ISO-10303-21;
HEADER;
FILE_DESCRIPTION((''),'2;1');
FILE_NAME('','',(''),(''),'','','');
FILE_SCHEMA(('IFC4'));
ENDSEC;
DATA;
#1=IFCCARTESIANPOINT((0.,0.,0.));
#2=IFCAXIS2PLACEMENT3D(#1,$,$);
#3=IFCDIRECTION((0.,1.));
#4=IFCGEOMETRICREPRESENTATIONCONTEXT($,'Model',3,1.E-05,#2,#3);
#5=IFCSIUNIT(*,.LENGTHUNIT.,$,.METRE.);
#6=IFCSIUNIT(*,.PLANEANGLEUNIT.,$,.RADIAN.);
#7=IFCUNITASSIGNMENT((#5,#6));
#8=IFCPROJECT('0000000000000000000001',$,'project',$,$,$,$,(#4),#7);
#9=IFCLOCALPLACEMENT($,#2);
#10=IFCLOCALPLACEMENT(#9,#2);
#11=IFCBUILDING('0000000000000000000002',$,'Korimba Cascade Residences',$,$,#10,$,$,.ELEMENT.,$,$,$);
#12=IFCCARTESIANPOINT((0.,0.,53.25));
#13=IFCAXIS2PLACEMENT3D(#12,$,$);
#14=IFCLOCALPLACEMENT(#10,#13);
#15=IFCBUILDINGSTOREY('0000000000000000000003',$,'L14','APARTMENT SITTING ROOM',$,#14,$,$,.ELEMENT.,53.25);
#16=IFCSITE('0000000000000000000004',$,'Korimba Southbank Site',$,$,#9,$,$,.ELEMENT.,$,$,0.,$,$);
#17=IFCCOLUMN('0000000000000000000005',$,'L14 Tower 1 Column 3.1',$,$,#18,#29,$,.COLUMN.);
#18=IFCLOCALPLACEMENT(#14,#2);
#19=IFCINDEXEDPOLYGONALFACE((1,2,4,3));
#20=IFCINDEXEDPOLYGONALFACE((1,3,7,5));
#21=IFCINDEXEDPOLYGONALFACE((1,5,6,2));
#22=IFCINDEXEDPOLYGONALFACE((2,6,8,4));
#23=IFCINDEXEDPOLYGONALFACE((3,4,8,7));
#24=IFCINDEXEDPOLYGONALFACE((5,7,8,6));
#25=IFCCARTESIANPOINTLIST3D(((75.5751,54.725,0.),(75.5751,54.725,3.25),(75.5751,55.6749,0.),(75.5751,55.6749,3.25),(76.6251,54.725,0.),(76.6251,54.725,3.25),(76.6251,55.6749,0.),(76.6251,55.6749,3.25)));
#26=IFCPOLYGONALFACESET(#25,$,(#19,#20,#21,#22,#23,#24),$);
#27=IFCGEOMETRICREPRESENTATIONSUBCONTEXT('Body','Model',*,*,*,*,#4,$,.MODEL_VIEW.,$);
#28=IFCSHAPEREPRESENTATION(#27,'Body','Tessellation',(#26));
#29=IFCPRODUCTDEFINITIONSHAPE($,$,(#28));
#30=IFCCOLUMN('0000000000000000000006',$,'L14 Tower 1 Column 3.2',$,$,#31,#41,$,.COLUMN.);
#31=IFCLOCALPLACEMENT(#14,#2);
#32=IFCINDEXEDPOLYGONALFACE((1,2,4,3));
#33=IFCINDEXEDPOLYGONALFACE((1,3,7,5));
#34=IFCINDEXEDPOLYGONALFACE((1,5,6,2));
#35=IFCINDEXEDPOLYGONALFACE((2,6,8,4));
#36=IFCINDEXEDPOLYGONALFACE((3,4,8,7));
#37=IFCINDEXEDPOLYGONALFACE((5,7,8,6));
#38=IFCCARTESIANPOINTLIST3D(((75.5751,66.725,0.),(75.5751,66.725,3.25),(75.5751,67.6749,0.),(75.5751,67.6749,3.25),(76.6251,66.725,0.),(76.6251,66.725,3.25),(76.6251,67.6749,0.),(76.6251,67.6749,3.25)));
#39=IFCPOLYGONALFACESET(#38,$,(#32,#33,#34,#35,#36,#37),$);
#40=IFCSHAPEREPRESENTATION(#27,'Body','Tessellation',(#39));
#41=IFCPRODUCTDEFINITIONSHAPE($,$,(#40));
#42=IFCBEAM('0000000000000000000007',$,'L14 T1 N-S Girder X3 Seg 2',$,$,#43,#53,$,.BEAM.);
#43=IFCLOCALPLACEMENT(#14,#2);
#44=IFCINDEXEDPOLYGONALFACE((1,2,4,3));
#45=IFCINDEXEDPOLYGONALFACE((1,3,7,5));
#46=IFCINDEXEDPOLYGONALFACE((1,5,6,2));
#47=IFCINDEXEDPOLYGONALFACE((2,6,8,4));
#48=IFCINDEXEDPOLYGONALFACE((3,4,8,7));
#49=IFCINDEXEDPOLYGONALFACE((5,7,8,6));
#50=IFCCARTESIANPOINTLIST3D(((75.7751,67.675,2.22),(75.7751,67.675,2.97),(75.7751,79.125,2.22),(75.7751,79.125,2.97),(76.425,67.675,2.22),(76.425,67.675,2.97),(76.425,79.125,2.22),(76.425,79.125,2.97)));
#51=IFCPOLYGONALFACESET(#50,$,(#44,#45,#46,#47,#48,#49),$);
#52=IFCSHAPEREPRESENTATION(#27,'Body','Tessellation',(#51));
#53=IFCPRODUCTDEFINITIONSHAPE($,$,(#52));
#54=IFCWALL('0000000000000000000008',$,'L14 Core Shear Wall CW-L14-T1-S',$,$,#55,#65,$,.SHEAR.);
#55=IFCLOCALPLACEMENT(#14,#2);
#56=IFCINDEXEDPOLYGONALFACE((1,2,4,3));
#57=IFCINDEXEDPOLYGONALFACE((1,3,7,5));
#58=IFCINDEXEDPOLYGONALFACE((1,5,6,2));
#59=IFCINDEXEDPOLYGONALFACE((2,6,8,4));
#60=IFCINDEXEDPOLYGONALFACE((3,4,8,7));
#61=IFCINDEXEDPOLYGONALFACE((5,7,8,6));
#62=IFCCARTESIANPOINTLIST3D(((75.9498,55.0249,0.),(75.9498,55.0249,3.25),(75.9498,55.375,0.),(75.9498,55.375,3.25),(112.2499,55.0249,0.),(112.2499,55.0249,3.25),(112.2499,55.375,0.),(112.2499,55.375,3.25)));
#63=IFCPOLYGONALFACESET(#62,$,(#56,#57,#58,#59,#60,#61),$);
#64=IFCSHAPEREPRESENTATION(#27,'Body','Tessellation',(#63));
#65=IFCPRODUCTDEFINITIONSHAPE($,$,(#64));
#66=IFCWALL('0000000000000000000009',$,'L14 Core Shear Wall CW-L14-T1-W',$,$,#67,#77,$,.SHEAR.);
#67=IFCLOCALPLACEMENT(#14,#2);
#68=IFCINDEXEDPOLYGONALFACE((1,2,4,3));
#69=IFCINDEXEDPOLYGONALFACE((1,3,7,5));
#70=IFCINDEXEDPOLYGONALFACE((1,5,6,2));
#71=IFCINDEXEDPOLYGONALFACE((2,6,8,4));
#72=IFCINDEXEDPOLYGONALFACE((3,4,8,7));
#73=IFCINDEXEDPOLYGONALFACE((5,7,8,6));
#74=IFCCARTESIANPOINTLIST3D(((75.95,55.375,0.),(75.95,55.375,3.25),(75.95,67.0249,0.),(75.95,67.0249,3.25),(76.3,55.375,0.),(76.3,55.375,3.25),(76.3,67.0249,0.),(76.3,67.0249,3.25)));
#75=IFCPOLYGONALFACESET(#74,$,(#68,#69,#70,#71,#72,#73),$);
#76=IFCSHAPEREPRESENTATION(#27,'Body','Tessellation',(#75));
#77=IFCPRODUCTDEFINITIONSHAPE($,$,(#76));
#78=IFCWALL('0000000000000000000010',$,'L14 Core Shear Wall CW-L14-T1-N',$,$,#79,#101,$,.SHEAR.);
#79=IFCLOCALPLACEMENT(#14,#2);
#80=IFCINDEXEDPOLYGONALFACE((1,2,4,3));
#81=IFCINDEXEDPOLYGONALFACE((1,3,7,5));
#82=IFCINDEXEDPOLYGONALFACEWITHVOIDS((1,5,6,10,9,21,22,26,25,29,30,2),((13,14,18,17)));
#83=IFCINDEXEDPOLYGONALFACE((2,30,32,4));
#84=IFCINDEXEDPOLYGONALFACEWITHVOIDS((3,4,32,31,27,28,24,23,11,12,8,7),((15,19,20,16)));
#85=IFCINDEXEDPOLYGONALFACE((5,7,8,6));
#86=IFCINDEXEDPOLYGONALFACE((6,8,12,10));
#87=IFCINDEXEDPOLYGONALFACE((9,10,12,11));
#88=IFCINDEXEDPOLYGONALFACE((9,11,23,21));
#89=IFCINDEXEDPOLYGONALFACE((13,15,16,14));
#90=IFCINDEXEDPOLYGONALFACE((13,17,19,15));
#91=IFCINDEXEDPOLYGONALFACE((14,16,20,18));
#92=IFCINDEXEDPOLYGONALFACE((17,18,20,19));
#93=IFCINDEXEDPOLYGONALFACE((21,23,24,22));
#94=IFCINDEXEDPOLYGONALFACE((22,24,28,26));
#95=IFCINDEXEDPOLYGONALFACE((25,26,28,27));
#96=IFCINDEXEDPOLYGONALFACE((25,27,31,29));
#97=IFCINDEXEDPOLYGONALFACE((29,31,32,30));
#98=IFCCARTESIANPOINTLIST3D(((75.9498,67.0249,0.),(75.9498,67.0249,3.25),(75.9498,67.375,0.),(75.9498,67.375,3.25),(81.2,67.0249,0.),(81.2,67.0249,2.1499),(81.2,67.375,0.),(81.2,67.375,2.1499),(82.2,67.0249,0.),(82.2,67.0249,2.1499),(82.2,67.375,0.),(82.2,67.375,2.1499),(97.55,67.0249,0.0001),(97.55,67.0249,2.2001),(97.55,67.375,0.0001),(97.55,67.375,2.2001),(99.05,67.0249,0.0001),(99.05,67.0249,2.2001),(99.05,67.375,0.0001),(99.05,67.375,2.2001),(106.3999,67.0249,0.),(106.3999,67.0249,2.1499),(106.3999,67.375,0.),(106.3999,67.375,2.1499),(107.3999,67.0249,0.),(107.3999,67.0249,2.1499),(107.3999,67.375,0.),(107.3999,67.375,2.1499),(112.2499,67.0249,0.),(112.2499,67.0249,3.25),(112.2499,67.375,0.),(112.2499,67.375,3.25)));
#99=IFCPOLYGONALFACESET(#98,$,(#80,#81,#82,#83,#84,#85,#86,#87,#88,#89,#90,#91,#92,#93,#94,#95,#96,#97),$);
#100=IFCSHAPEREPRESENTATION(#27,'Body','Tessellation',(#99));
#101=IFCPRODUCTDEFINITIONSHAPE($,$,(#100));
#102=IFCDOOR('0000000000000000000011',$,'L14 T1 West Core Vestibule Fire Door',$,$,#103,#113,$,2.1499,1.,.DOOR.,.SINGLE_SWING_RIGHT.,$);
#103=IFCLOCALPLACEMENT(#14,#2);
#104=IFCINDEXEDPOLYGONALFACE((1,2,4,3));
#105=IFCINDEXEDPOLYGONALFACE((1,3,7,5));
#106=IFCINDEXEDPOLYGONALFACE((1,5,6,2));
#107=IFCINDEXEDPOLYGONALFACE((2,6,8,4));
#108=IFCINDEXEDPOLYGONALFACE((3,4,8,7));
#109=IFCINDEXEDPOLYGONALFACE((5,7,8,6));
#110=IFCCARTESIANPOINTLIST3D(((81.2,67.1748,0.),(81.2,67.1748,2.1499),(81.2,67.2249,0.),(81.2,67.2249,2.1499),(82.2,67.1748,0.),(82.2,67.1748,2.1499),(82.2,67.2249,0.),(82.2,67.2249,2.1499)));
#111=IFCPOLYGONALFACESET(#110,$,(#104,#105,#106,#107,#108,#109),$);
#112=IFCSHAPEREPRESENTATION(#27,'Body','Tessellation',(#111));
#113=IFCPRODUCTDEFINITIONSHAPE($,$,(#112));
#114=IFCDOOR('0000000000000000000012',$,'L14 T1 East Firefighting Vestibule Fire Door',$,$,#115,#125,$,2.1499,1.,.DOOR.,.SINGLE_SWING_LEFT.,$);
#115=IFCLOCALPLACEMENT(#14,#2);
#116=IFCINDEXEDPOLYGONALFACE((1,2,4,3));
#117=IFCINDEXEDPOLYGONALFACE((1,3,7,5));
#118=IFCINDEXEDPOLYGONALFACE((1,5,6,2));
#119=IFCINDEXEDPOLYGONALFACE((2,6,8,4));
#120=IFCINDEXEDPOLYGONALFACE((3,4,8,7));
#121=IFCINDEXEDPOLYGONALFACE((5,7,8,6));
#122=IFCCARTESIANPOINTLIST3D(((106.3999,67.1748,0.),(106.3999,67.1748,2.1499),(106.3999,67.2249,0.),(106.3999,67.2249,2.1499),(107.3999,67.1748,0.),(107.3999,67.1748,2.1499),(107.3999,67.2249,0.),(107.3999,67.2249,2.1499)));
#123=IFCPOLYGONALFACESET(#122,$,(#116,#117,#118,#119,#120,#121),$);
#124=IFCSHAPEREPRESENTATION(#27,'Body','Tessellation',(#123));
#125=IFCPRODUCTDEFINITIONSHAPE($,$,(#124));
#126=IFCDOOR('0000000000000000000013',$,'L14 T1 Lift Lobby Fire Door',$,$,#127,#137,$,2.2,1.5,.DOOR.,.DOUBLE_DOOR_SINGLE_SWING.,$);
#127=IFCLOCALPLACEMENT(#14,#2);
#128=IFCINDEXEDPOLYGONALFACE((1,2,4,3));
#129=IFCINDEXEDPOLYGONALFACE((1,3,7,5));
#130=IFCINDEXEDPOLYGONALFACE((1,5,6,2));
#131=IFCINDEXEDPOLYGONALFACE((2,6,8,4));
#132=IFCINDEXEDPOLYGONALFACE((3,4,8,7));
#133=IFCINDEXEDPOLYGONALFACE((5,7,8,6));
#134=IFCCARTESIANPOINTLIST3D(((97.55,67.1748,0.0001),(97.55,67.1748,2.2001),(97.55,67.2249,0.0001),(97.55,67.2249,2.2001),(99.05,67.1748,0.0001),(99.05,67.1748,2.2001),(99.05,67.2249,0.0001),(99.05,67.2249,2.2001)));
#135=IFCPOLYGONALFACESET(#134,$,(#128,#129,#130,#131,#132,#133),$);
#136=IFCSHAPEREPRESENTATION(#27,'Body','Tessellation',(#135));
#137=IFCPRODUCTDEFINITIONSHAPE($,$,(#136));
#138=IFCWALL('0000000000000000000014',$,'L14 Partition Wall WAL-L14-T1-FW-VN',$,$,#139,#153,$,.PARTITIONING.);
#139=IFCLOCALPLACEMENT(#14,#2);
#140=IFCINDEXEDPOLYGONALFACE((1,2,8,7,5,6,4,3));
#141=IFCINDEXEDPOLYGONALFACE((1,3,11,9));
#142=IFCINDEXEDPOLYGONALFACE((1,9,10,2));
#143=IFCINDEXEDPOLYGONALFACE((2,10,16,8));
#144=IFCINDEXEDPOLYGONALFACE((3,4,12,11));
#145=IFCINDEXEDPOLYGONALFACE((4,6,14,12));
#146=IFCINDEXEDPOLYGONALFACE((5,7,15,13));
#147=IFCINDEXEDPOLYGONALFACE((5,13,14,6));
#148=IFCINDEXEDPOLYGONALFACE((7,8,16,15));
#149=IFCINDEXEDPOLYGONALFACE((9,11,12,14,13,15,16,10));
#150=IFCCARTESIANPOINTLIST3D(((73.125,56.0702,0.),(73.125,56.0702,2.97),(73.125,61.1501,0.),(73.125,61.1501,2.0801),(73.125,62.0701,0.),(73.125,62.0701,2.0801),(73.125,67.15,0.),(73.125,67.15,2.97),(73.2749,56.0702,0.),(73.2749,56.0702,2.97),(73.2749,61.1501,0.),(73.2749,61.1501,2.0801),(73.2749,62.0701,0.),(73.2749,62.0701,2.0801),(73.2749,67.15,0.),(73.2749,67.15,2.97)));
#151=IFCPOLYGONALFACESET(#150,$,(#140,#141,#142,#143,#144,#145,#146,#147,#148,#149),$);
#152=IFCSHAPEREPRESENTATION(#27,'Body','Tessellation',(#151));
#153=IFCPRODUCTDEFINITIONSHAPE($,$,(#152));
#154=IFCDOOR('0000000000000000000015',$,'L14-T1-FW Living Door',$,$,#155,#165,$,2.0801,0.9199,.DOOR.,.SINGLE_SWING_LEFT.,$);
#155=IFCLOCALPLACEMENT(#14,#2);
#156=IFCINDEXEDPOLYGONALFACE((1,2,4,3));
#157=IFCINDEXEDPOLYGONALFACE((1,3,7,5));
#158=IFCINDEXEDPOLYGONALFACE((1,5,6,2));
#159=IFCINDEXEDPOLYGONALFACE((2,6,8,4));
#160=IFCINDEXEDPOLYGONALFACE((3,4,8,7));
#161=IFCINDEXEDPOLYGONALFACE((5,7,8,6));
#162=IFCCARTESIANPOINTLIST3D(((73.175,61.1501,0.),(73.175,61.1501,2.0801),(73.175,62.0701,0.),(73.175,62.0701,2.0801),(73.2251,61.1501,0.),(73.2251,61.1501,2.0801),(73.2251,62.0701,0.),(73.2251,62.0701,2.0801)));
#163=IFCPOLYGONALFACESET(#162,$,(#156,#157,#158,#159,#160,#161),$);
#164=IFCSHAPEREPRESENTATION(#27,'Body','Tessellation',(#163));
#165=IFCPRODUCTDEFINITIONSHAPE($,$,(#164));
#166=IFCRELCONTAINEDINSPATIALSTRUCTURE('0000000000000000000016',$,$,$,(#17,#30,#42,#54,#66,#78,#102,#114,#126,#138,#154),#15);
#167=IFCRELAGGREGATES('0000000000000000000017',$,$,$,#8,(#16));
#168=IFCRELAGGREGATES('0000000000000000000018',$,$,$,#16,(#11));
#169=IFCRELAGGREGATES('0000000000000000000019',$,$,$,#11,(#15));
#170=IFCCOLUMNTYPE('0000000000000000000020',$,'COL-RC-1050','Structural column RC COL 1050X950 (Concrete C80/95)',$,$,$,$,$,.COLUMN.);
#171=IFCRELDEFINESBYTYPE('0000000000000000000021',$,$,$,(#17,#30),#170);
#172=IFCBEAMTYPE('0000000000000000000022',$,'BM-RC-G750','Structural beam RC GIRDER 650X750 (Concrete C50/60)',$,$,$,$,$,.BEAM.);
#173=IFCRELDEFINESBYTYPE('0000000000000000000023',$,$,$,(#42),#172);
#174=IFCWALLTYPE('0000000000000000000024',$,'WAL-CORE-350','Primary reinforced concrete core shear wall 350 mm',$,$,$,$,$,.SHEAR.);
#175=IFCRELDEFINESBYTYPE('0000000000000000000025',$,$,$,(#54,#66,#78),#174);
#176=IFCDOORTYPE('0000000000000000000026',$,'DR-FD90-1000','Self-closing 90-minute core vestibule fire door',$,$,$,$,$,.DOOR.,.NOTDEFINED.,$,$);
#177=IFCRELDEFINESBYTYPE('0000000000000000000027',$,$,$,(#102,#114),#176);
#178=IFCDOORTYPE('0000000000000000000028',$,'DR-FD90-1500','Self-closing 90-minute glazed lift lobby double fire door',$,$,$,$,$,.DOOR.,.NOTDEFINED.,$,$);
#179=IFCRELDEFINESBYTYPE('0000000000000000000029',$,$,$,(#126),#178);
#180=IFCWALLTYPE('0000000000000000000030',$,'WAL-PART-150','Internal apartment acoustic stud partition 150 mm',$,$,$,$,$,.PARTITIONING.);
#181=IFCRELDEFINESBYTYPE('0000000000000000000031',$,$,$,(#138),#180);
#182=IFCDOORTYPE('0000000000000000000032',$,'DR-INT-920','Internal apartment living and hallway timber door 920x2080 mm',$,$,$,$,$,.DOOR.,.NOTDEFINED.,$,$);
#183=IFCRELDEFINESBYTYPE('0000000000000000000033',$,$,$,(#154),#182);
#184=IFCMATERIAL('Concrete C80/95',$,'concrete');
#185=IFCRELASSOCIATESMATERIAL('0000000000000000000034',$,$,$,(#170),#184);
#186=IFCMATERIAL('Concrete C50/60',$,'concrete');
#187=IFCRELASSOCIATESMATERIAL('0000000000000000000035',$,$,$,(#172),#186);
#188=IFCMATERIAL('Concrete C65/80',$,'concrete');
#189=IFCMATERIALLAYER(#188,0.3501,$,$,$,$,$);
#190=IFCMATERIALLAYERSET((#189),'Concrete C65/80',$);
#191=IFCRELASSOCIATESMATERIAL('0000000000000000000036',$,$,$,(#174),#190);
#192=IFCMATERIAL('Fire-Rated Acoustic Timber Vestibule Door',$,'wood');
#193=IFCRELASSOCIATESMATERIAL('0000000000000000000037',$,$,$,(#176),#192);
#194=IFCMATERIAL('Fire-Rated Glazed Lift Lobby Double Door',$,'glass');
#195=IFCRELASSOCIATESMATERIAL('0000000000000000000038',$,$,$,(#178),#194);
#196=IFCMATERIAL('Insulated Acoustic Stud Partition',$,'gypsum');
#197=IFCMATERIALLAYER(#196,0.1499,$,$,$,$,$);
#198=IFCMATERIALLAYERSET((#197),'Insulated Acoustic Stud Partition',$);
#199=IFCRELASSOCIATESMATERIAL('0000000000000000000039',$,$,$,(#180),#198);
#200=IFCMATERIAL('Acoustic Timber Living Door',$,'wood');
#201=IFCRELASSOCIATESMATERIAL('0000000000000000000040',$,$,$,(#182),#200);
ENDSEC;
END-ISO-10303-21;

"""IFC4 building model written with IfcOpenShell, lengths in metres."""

from ifc_helpers import new_model, si_unit, direction, frame, frame_2d, origin, origin_2d, place, context, subcontext, project, spatial, rectangle, extrude, material, layer, layer_set, material_profile, profile_set, type_object, element, fill, save


model = new_model("IFC4")

# Units and contexts
model_context = context("Model", 3, precision=1e-05, world=origin(), true_north=direction((0.0, 1.0)))
body_context = subcontext(model_context, "Body", "Model", "MODEL_VIEW")
ifc_project = project(units=[si_unit("LENGTHUNIT", "METRE"), si_unit("PLANEANGLEUNIT", "RADIAN")], contexts=[model_context])

# Site, building, storey
site_placement = place(None, origin())
site = spatial("IfcSite", under=ifc_project, at=site_placement, Name="Korimba Southbank Site", CompositionType="ELEMENT", RefElevation=0.0)
building_placement = place(site_placement, origin())
building = spatial("IfcBuilding", under=site, at=building_placement, Name="Korimba Cascade Residences", CompositionType="ELEMENT")
storey_placement = place(building_placement, frame((0.0, 0.0, 53.25)))
storey = spatial("IfcBuildingStorey", under=building, at=storey_placement, Name="L14", Description="APARTMENT SITTING ROOM", CompositionType="ELEMENT", Elevation=53.25)

# Columns
ifc_material_1 = material(Name="Concrete C80/95", Category="concrete")
ifc_material_profile_1 = material_profile(ifc_material_1, rectangle(XDim=1.05, YDim=0.95, at=origin_2d()), Name="Concrete C80/95")
ifc_profile_set_1 = profile_set([ifc_material_profile_1], Name="Concrete C80/95")
column_type = type_object("IfcColumnType", Name="COL-RC-1050", Description="Structural column RC COL 1050X950 (Concrete C80/95)", PredefinedType="COLUMN", material=ifc_profile_set_1)
for number, where, z_axis, x_axis, name in (
    (1, (76.1001, 55.2, 0.0), (0.0, 0.0, 1.0), (1.0, 0.0, 0.0), "L14 Tower 1 Column 3.1"),
    (2, (76.1001, 67.2, 0.0), (0.0, 0.0, 1.0), (1.0, 0.0, 0.0), "L14 Tower 1 Column 3.2"),
):
    element("IfcColumn", number, at=place(storey_placement, frame(where, z_axis=z_axis, x_axis=x_axis)), inside=storey, type_object=column_type, Name=name, PredefinedType="COLUMN", context=body_context, shape_type="SweptSolid", body=[
        extrude(rectangle(XDim=1.05, YDim=0.95, at=origin_2d()), origin(), (0.0, 0.0, 1.0), 3.25),
    ])

# Beam
ifc_material_2 = material(Name="Concrete C50/60", Category="concrete")
ifc_material_profile_2 = material_profile(ifc_material_2, rectangle(XDim=0.6499, YDim=0.75, at=origin_2d()), Name="Concrete C50/60")
ifc_profile_set_2 = profile_set([ifc_material_profile_2], Name="Concrete C50/60")
beam_type = type_object("IfcBeamType", Name="BM-RC-G750", Description="Structural beam RC GIRDER 650X750 (Concrete C50/60)", PredefinedType="BEAM", material=ifc_profile_set_2)
beam_placement = place(storey_placement, frame((76.1001, 67.675, 2.595), z_axis=(0.0, 1.0, 0.0), x_axis=(-1.0, 0.0, 0.0)))
element("IfcBeam", 3, at=beam_placement, inside=storey, type_object=beam_type, Name="L14 T1 N-S Girder X3 Seg 2", PredefinedType="BEAM", context=body_context, shape_type="SweptSolid", body=[
    extrude(rectangle(XDim=0.6499, YDim=0.75, at=origin_2d()), origin(), (0.0, 0.0, 1.0), 11.45),
])

# Walls
ifc_material_3 = material(Name="Concrete C65/80", Category="concrete")
ifc_layer_1 = layer(ifc_material_3, 0.3501)
ifc_layer_set_1 = layer_set([ifc_layer_1], Name="Concrete C65/80")
wall_type_1 = type_object("IfcWallType", Name="WAL-CORE-350", Description="Primary reinforced concrete core shear wall 350 mm", PredefinedType="SHEAR", material=ifc_layer_set_1)
wall_1_placement = place(storey_placement, frame((75.95, 55.2, 0.0), z_axis=(0.0, 0.0, 1.0), x_axis=(1.0, 0.0, 0.0)))
element("IfcWall", 4, at=wall_1_placement, inside=storey, type_object=wall_type_1, Name="L14 Core Shear Wall CW-L14-T1-S", PredefinedType="SHEAR", context=body_context, shape_type="SweptSolid", body=[
    extrude(rectangle(XDim=36.3, YDim=0.3501, at=frame_2d((18.1499, 0.0))), origin(), (0.0, 0.0, 1.0), 3.25),
])
wall_2_placement = place(storey_placement, frame((76.125, 55.375, 0.0), z_axis=(0.0, 0.0, 1.0), x_axis=(0.0, 1.0, 0.0)))
element("IfcWall", 5, at=wall_2_placement, inside=storey, type_object=wall_type_1, Name="L14 Core Shear Wall CW-L14-T1-W", PredefinedType="SHEAR", context=body_context, shape_type="SweptSolid", body=[
    extrude(rectangle(XDim=11.6499, YDim=0.3501, at=frame_2d((5.825, 0.0))), origin(), (0.0, 0.0, 1.0), 3.25),
])

# Wall, openings, doors
wall_3_placement = place(storey_placement, frame((75.95, 67.2, 0.0), z_axis=(0.0, 0.0, 1.0), x_axis=(1.0, 0.0, 0.0)))
wall_3 = element("IfcWall", 6, at=wall_3_placement, inside=storey, type_object=wall_type_1, Name="L14 Core Shear Wall CW-L14-T1-N", PredefinedType="SHEAR", context=body_context, shape_type="SweptSolid", body=[
    extrude(rectangle(XDim=36.3, YDim=0.3501, at=frame_2d((18.1499, 0.0))), origin(), (0.0, 0.0, 1.0), 3.25),
])
opening_1_placement = place(wall_3_placement, frame((5.25, 0.0, 0.0)))
opening_1 = element("IfcOpeningElement", 7, at=opening_1_placement, cuts=wall_3, PredefinedType="OPENING", context=body_context, shape_type="SweptSolid", body=[
    extrude(rectangle(XDim=1.0, YDim=2.1499, at=frame_2d((0.5, 1.075))), frame((0.0, 0.1851, 0.0), z_axis=(0.0, -1.0, 0.0), x_axis=(1.0, 0.0, 0.0)), (0.0, 0.0, 1.0), 0.3701),
])
opening_2_placement = place(wall_3_placement, frame((21.6001, 0.0, 0.0)))
opening_2 = element("IfcOpeningElement", 8, at=opening_2_placement, cuts=wall_3, PredefinedType="OPENING", context=body_context, shape_type="SweptSolid", body=[
    extrude(rectangle(XDim=1.5, YDim=2.2, at=frame_2d((0.75, 1.1001))), frame((0.0, 0.1851, 0.0), z_axis=(0.0, -1.0, 0.0), x_axis=(1.0, 0.0, 0.0)), (0.0, 0.0, 1.0), 0.3701),
])
opening_3_placement = place(wall_3_placement, frame((30.45, 0.0, 0.0)))
opening_3 = element("IfcOpeningElement", 9, at=opening_3_placement, cuts=wall_3, PredefinedType="OPENING", context=body_context, shape_type="SweptSolid", body=[
    extrude(rectangle(XDim=1.0, YDim=2.1499, at=frame_2d((0.5, 1.075))), frame((0.0, 0.1851, 0.0), z_axis=(0.0, -1.0, 0.0), x_axis=(1.0, 0.0, 0.0)), (0.0, 0.0, 1.0), 0.3701),
])
ifc_material_4 = material(Name="Fire-Rated Acoustic Timber Vestibule Door", Category="wood")
door_type_1 = type_object("IfcDoorType", Name="DR-FD90-1000", Description="Self-closing 90-minute core vestibule fire door", OperationType="NOTDEFINED", PredefinedType="DOOR", material=ifc_material_4)
door_1_placement = place(opening_1_placement, origin())
door_1 = element("IfcDoor", 10, at=door_1_placement, inside=storey, type_object=door_type_1, Name="L14 T1 West Core Vestibule Fire Door", OperationType="SINGLE_SWING_RIGHT", OverallHeight=2.1499, OverallWidth=1.0, PredefinedType="DOOR", context=body_context, shape_type="SweptSolid", body=[
    extrude(rectangle(XDim=1.0, YDim=2.1499, at=frame_2d((0.5, 1.075))), frame((0.0, 0.0249, 0.0), z_axis=(0.0, -1.0, 0.0), x_axis=(1.0, 0.0, 0.0)), (0.0, 0.0, 1.0), 0.05),
])
fill(opening_1, door_1)
door_2_placement = place(opening_3_placement, origin())
door_2 = element("IfcDoor", 11, at=door_2_placement, inside=storey, type_object=door_type_1, Name="L14 T1 East Firefighting Vestibule Fire Door", OperationType="SINGLE_SWING_LEFT", OverallHeight=2.1499, OverallWidth=1.0, PredefinedType="DOOR", context=body_context, shape_type="SweptSolid", body=[
    extrude(rectangle(XDim=1.0, YDim=2.1499, at=frame_2d((0.5, 1.075))), frame((0.0, 0.0249, 0.0), z_axis=(0.0, -1.0, 0.0), x_axis=(1.0, 0.0, 0.0)), (0.0, 0.0, 1.0), 0.05),
])
fill(opening_3, door_2)
ifc_material_5 = material(Name="Fire-Rated Glazed Lift Lobby Double Door", Category="glass")
door_type_2 = type_object("IfcDoorType", Name="DR-FD90-1500", Description="Self-closing 90-minute glazed lift lobby double fire door", OperationType="NOTDEFINED", PredefinedType="DOOR", material=ifc_material_5)
door_3_placement = place(opening_2_placement, origin())
door_3 = element("IfcDoor", 12, at=door_3_placement, inside=storey, type_object=door_type_2, Name="L14 T1 Lift Lobby Fire Door", OperationType="DOUBLE_DOOR_SINGLE_SWING", OverallHeight=2.2, OverallWidth=1.5, PredefinedType="DOOR", context=body_context, shape_type="SweptSolid", body=[
    extrude(rectangle(XDim=1.5, YDim=2.2, at=frame_2d((0.75, 1.1001))), frame((0.0, 0.0249, 0.0), z_axis=(0.0, -1.0, 0.0), x_axis=(1.0, 0.0, 0.0)), (0.0, 0.0, 1.0), 0.05),
])
fill(opening_2, door_3)

# Wall, opening, door
ifc_material_6 = material(Name="Insulated Acoustic Stud Partition", Category="gypsum")
ifc_layer_2 = layer(ifc_material_6, 0.1499)
ifc_layer_set_2 = layer_set([ifc_layer_2], Name="Insulated Acoustic Stud Partition")
wall_type_2 = type_object("IfcWallType", Name="WAL-PART-150", Description="Internal apartment acoustic stud partition 150 mm", PredefinedType="PARTITIONING", material=ifc_layer_set_2)
wall_4_placement = place(storey_placement, frame((73.2, 56.0701, 0.0), z_axis=(0.0, 0.0, 1.0), x_axis=(0.0, 1.0, 0.0)))
wall_4 = element("IfcWall", 13, at=wall_4_placement, inside=storey, type_object=wall_type_2, Name="L14 Partition Wall WAL-L14-T1-FW-VN", PredefinedType="PARTITIONING", context=body_context, shape_type="SweptSolid", body=[
    extrude(rectangle(XDim=11.0798, YDim=0.1499, at=frame_2d((5.54, 0.0))), origin(), (0.0, 0.0, 1.0), 2.97),
])
opening_4_placement = place(wall_4_placement, frame((5.0801, 0.0, 0.0)))
opening_4 = element("IfcOpeningElement", 14, at=opening_4_placement, cuts=wall_4, PredefinedType="OPENING", context=body_context, shape_type="SweptSolid", body=[
    extrude(rectangle(XDim=0.9199, YDim=2.0801, at=frame_2d((0.46, 1.04))), frame((0.0, 0.085, 0.0), z_axis=(0.0, -1.0, 0.0), x_axis=(1.0, 0.0, 0.0)), (0.0, 0.0, 1.0), 0.1699),
])
ifc_material_7 = material(Name="Acoustic Timber Living Door", Category="wood")
door_type_3 = type_object("IfcDoorType", Name="DR-INT-920", Description="Internal apartment living and hallway timber door 920x2080 mm", OperationType="NOTDEFINED", PredefinedType="DOOR", material=ifc_material_7)
door_4_placement = place(opening_4_placement, origin())
door_4 = element("IfcDoor", 15, at=door_4_placement, inside=storey, type_object=door_type_3, Name="L14-T1-FW Living Door", OperationType="SINGLE_SWING_LEFT", OverallHeight=2.0801, OverallWidth=0.9199, PredefinedType="DOOR", context=body_context, shape_type="SweptSolid", body=[
    extrude(rectangle(XDim=0.9199, YDim=2.0801, at=frame_2d((0.46, 1.04))), frame((0.0, 0.0249, 0.0), z_axis=(0.0, -1.0, 0.0), x_axis=(1.0, 0.0, 0.0)), (0.0, 0.0, 1.0), 0.05),
])
fill(opening_4, door_4)

save(model, "model.ifc")
